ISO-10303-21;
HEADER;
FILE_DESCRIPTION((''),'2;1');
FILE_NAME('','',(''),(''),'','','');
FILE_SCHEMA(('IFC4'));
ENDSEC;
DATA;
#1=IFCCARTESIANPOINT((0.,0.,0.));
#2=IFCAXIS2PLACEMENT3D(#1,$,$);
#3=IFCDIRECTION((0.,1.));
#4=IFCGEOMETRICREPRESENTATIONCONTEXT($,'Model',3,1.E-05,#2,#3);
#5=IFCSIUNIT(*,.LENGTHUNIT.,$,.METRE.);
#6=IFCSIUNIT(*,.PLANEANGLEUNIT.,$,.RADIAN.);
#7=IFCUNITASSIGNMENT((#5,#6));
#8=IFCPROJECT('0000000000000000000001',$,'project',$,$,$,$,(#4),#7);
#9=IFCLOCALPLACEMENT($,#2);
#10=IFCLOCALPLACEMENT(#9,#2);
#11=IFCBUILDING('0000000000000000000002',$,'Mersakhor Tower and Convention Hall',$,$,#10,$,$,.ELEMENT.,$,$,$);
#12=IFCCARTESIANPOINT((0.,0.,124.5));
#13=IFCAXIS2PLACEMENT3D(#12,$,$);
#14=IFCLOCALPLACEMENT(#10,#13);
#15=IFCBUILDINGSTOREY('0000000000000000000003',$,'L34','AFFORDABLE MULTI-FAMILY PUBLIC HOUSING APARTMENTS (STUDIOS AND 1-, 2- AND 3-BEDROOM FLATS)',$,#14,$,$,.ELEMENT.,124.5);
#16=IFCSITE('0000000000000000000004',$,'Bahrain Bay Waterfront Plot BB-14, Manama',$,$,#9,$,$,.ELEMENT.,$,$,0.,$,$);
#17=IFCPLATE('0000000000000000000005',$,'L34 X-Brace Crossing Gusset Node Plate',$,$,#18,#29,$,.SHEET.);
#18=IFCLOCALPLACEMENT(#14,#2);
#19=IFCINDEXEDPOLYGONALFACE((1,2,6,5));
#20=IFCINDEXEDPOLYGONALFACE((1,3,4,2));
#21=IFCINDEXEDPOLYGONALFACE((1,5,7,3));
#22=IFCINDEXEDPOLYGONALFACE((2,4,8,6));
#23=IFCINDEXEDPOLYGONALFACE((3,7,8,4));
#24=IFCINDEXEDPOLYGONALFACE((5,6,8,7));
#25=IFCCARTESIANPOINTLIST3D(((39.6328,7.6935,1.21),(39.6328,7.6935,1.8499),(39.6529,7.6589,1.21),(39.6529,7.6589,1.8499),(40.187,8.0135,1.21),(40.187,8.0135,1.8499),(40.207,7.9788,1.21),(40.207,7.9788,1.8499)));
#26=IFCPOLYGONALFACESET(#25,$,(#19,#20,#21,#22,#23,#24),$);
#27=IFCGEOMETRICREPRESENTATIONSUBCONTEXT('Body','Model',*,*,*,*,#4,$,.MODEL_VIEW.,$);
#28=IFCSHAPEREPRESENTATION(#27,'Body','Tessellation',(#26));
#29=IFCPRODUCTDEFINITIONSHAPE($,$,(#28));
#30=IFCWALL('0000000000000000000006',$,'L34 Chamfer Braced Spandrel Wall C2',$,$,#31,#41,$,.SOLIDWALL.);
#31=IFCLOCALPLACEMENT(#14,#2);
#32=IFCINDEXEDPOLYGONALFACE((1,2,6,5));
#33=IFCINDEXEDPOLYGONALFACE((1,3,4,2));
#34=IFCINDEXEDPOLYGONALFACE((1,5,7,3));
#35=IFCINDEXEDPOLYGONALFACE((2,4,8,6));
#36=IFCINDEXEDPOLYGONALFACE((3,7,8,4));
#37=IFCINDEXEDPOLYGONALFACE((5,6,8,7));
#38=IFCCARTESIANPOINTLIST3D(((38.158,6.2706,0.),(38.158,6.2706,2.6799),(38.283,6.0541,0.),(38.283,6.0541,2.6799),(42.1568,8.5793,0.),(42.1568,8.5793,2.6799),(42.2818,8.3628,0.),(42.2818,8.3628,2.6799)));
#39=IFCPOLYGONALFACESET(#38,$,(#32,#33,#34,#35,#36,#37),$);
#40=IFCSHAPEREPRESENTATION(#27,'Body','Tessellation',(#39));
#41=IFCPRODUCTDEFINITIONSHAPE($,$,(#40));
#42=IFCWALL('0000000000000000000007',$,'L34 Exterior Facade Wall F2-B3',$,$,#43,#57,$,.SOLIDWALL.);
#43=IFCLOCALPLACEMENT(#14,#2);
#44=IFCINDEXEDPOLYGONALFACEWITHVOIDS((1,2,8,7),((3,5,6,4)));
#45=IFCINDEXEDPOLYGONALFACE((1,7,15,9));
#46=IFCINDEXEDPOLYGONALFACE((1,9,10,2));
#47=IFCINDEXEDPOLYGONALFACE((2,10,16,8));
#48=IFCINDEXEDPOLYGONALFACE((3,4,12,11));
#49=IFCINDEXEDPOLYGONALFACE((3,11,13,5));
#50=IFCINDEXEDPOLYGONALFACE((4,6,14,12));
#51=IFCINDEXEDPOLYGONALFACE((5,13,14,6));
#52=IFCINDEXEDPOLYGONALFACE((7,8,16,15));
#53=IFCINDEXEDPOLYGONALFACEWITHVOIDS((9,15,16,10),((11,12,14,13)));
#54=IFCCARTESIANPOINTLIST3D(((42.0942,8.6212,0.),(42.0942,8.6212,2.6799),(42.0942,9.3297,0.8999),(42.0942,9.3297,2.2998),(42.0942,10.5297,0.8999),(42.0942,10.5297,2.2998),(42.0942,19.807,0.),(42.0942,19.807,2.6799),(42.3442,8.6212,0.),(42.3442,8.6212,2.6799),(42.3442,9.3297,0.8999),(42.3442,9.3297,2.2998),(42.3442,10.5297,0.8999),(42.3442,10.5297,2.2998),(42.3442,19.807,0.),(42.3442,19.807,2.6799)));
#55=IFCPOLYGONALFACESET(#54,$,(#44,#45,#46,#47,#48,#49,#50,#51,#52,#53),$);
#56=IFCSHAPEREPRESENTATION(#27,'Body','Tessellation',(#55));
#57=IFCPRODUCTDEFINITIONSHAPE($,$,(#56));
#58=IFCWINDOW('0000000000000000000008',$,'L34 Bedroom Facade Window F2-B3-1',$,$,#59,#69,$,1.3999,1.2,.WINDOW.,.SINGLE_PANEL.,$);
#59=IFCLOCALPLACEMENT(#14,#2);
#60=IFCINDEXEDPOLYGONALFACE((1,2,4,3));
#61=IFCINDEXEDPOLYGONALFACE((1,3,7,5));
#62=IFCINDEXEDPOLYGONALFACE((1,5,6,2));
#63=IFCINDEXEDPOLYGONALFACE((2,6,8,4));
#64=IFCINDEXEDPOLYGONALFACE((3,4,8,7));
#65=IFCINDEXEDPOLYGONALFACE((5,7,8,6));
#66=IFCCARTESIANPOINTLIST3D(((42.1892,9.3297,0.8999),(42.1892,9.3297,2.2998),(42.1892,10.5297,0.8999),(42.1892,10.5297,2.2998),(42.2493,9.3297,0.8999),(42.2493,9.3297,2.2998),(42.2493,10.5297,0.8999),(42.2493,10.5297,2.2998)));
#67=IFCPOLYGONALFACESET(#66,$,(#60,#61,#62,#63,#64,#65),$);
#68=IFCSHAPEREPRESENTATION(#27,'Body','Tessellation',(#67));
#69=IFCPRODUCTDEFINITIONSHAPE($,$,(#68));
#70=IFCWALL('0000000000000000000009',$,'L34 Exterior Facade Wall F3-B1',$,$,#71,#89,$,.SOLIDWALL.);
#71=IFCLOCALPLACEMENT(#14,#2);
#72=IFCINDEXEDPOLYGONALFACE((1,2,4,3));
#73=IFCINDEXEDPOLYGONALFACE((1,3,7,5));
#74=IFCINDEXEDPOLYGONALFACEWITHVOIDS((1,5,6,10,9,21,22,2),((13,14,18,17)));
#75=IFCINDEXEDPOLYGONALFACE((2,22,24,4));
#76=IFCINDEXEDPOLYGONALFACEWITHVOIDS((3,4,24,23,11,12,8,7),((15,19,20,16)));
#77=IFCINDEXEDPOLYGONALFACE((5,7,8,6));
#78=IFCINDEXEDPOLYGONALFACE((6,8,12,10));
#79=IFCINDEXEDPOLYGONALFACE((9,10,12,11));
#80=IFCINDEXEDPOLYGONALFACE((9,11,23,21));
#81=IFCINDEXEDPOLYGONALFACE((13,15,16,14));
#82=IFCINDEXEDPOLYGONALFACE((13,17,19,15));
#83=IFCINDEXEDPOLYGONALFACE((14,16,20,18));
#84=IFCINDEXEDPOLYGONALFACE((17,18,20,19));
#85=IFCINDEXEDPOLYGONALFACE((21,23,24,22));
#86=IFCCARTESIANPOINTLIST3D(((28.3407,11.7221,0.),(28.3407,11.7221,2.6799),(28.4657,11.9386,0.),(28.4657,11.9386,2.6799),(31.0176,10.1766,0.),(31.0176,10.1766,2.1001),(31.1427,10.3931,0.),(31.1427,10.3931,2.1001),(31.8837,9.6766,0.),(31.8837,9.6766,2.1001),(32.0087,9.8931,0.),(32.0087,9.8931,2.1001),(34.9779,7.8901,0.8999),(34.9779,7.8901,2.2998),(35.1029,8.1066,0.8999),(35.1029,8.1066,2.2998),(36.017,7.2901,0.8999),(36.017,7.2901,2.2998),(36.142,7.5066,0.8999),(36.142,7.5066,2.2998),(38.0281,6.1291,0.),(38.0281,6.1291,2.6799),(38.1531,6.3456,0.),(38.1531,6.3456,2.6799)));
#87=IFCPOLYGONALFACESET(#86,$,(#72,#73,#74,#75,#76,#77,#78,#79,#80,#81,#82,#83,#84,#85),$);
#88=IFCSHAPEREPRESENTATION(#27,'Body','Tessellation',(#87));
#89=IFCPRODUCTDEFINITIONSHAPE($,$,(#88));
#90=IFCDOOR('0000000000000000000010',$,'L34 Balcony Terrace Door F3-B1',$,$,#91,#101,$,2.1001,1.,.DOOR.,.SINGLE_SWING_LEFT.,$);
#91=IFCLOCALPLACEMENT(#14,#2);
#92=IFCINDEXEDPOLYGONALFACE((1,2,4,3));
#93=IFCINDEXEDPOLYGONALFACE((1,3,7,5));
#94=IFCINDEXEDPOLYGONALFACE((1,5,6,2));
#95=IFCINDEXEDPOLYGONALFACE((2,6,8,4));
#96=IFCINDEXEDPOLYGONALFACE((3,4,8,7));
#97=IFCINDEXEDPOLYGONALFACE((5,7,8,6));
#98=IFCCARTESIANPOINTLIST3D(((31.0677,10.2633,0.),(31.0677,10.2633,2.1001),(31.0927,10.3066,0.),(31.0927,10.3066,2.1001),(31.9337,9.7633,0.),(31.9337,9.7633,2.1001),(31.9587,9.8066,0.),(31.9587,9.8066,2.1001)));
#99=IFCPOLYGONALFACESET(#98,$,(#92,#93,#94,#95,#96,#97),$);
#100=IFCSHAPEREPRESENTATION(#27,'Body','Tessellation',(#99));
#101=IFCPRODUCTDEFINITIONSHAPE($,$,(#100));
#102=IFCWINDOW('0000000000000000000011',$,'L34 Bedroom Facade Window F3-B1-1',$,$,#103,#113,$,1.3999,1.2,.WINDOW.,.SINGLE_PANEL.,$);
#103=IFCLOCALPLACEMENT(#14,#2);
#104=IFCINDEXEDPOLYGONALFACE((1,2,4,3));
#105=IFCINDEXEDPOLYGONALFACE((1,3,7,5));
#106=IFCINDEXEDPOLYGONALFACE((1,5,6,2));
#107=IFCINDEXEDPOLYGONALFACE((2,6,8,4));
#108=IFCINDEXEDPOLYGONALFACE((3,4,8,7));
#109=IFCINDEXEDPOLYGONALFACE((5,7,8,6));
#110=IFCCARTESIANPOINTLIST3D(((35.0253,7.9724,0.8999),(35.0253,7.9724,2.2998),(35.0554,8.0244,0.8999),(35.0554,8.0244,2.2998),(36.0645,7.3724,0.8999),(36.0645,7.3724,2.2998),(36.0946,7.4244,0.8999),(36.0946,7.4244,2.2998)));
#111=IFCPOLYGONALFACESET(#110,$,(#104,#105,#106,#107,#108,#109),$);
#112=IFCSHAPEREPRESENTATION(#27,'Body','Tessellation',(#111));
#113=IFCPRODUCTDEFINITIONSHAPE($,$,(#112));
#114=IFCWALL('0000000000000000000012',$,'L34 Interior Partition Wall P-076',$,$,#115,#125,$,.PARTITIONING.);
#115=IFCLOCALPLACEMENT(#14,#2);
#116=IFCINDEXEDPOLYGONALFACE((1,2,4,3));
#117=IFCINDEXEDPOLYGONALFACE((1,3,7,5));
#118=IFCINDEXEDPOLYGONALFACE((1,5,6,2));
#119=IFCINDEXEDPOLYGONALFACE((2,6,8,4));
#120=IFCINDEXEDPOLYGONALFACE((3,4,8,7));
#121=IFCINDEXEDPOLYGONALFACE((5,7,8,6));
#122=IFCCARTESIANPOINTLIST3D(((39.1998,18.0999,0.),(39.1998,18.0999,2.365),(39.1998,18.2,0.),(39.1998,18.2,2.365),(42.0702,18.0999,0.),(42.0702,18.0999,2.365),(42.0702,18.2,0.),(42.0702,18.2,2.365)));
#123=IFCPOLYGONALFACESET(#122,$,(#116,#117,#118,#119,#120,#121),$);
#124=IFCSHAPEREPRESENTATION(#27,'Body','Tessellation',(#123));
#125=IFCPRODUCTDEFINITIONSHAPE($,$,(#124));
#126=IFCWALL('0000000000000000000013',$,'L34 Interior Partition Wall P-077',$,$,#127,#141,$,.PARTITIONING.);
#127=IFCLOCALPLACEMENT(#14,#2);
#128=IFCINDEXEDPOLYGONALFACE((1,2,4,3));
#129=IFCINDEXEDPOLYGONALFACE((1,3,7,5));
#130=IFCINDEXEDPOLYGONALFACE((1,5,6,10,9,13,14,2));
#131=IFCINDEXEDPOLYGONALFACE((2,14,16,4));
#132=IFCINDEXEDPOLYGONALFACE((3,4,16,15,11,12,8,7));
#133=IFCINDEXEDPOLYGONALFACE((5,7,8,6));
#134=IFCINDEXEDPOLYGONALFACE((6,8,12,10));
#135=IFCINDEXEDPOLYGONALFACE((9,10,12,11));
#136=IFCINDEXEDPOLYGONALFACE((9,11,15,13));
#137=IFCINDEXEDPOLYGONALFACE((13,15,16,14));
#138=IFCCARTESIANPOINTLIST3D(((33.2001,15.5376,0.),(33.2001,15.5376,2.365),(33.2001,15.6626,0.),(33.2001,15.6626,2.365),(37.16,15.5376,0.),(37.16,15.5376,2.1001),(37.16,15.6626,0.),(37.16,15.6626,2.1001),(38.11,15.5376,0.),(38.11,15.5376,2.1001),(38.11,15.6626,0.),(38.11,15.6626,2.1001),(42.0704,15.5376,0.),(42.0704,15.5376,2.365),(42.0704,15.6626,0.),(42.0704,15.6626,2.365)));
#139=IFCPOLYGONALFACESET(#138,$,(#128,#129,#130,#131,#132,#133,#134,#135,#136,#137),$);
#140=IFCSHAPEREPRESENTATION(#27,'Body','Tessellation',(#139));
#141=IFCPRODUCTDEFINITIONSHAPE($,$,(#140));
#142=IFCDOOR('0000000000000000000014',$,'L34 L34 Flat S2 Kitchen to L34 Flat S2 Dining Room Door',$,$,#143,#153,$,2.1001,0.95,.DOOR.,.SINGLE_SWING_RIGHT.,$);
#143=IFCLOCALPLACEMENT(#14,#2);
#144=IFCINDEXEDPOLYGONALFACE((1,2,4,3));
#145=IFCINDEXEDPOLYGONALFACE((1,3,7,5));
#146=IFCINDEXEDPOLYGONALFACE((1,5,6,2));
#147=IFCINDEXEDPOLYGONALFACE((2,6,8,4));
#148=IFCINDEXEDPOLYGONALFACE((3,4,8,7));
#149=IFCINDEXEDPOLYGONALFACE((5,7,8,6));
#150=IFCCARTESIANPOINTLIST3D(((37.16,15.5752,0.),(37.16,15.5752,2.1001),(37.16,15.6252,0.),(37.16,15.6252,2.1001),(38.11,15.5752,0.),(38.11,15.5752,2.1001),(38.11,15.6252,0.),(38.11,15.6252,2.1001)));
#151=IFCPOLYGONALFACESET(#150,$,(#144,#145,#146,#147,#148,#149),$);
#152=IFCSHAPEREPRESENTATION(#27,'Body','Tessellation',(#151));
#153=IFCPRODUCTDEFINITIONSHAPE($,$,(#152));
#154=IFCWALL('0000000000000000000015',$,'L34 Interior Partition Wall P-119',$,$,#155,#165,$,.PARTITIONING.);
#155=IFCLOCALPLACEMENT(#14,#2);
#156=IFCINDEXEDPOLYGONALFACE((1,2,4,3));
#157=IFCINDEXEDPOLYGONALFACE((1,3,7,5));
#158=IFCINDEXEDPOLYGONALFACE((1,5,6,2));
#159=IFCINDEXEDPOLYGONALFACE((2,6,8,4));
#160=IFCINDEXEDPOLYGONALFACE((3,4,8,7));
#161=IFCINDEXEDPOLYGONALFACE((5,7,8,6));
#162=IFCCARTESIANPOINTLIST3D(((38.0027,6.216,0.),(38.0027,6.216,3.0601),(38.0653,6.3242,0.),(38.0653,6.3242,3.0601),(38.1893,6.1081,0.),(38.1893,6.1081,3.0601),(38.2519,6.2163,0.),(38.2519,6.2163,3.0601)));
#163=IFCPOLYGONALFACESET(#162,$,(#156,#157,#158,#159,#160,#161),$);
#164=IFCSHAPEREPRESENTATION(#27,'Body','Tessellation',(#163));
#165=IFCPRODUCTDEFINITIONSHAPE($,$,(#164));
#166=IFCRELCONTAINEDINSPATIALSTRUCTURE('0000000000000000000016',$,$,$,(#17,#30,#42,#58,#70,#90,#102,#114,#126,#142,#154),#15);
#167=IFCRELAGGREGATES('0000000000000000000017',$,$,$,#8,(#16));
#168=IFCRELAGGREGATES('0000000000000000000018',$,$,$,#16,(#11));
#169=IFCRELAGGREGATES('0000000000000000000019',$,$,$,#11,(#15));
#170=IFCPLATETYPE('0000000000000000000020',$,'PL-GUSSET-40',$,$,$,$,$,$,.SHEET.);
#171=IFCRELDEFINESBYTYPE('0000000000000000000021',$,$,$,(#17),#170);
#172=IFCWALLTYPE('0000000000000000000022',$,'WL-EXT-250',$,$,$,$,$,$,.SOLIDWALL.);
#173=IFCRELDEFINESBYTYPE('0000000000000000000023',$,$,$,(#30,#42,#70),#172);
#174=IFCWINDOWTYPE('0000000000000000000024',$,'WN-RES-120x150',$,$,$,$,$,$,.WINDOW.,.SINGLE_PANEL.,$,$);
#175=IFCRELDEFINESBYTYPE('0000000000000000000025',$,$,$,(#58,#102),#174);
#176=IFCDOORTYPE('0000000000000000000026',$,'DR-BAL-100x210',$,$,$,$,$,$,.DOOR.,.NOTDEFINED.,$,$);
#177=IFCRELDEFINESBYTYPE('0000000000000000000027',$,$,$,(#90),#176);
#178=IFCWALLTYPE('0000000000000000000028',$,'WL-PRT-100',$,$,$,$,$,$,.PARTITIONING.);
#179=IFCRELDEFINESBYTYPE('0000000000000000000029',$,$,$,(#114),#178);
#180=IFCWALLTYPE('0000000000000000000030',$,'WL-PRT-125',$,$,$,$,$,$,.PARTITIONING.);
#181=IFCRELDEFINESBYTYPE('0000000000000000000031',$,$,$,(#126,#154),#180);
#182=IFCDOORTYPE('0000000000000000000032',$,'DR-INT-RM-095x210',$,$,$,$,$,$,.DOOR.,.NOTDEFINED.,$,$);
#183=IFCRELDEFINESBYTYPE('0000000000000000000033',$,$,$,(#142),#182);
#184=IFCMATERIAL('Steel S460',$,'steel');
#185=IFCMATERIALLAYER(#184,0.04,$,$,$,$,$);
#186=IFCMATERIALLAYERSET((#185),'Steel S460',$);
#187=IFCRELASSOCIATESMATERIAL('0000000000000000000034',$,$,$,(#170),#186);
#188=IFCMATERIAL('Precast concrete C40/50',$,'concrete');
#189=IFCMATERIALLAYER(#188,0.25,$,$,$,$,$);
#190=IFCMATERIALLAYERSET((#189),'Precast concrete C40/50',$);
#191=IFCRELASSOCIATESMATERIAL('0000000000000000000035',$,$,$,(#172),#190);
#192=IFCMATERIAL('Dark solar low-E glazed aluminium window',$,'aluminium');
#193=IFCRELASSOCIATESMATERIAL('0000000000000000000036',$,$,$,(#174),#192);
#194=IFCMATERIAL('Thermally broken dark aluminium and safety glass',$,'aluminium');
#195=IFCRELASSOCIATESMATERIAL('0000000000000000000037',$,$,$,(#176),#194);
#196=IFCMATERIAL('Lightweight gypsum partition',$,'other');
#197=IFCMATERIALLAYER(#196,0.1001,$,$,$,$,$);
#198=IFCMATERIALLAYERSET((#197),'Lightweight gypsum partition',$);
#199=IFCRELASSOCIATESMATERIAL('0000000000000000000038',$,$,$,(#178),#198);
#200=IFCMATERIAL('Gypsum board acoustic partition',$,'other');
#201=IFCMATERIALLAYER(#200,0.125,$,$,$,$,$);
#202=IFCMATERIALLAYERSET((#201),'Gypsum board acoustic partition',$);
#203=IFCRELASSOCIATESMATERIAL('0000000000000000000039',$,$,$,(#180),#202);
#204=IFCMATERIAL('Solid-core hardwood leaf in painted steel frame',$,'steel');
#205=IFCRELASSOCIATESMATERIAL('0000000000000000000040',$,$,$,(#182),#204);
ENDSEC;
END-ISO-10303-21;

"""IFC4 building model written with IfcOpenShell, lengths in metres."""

from ifc_helpers import new_model, si_unit, direction, frame, frame_2d, origin, origin_2d, place, context, subcontext, project, spatial, rectangle, extrude, material, layer, layer_set, type_object, element, fill, save


model = new_model("IFC4")

# Units and contexts
model_context = context("Model", 3, precision=1e-05, world=origin(), true_north=direction((0.0, 1.0)))
body_context = subcontext(model_context, "Body", "Model", "MODEL_VIEW")
ifc_project = project(units=[si_unit("LENGTHUNIT", "METRE"), si_unit("PLANEANGLEUNIT", "RADIAN")], contexts=[model_context])

# Site, building, storey
site_placement = place(None, origin())
site = spatial("IfcSite", under=ifc_project, at=site_placement, Name="Bahrain Bay Waterfront Plot BB-14, Manama", CompositionType="ELEMENT", RefElevation=0.0)
building_placement = place(site_placement, origin())
building = spatial("IfcBuilding", under=site, at=building_placement, Name="Mersakhor Tower and Convention Hall", CompositionType="ELEMENT")
storey_placement = place(building_placement, frame((0.0, 0.0, 124.5)))
storey = spatial("IfcBuildingStorey", under=building, at=storey_placement, Name="L34", Description="AFFORDABLE MULTI-FAMILY PUBLIC HOUSING APARTMENTS (STUDIOS AND 1-, 2- AND 3-BEDROOM FLATS)", CompositionType="ELEMENT", Elevation=124.5)

# Plate
ifc_material_1 = material(Name="Steel S460", Category="steel")
ifc_layer_1 = layer(ifc_material_1, 0.04)
ifc_layer_set_1 = layer_set([ifc_layer_1], Name="Steel S460")
plate_type_1 = type_object("IfcPlateType", Name="PL-GUSSET-40", PredefinedType="SHEET", material=ifc_layer_set_1)
plate_1_placement = place(storey_placement, frame((39.9199, 7.8362, 1.21), z_axis=(0.0, 0.0, 1.0), x_axis=(0.866025, 0.5, 0.0)))
element("IfcPlate", 1, at=plate_1_placement, inside=storey, type_object=plate_type_1, Name="L34 X-Brace Crossing Gusset Node Plate", PredefinedType="SHEET", context=body_context, shape_type="SweptSolid", body=[
    extrude(rectangle(XDim=0.6399, YDim=0.04, at=origin_2d()), origin(), (0.0, 0.0, 1.0), 0.6399),
])

# Wall
ifc_material_2 = material(Name="Precast concrete C40/50", Category="concrete")
ifc_layer_2 = layer(ifc_material_2, 0.25)
ifc_layer_set_2 = layer_set([ifc_layer_2], Name="Precast concrete C40/50")
wall_type_1 = type_object("IfcWallType", Name="WL-EXT-250", PredefinedType="SOLIDWALL", material=ifc_layer_set_2)
wall_1_placement = place(storey_placement, frame((42.2192, 8.4709, 0.0), z_axis=(0.0, 0.0, 1.0), x_axis=(-0.866035, -0.499983, 0.0)))
element("IfcWall", 2, at=wall_1_placement, inside=storey, type_object=wall_type_1, Name="L34 Chamfer Braced Spandrel Wall C2", PredefinedType="SOLIDWALL", context=body_context, shape_type="SweptSolid", body=[
    extrude(rectangle(XDim=4.6174, YDim=0.25, at=frame_2d((2.3086, 0.0))), origin(), (0.0, 0.0, 1.0), 2.6799),
])

# Wall, opening, window
wall_2_placement = place(storey_placement, frame((42.2192, 19.8069, 0.0), z_axis=(0.0, 0.0, 1.0), x_axis=(0.0, -1.0, 0.0)))
wall_2 = element("IfcWall", 3, at=wall_2_placement, inside=storey, type_object=wall_type_1, Name="L34 Exterior Facade Wall F2-B3", PredefinedType="SOLIDWALL", context=body_context, shape_type="SweptSolid", body=[
    extrude(rectangle(XDim=11.1858, YDim=0.25, at=frame_2d((5.5928, 0.0))), origin(), (0.0, 0.0, 1.0), 2.6799),
])
opening_1_placement = place(wall_2_placement, frame((9.2771, 0.0, 0.8999)))
opening_1 = element("IfcOpeningElement", 4, at=opening_1_placement, cuts=wall_2, PredefinedType="OPENING", context=body_context, shape_type="SweptSolid", body=[
    extrude(rectangle(XDim=1.2, YDim=1.3999, at=frame_2d((0.6001, 0.7))), frame((0.0, 0.135, 0.0), z_axis=(0.0, -1.0, 0.0), x_axis=(1.0, 0.0, 0.0)), (0.0, 0.0, 1.0), 0.27),
])
ifc_material_3 = material(Name="Dark solar low-E glazed aluminium window", Category="aluminium")
window_type = type_object("IfcWindowType", Name="WN-RES-120x150", PartitioningType="SINGLE_PANEL", PredefinedType="WINDOW", material=ifc_material_3)
window_1_placement = place(opening_1_placement, origin())
window_1 = element("IfcWindow", 5, at=window_1_placement, inside=storey, type_object=window_type, Name="L34 Bedroom Facade Window F2-B3-1", OverallHeight=1.3999, OverallWidth=1.2, PartitioningType="SINGLE_PANEL", PredefinedType="WINDOW", context=body_context, shape_type="SweptSolid", body=[
    extrude(rectangle(XDim=1.2, YDim=1.3999, at=frame_2d((0.6001, 0.7))), frame((0.0, 0.03, 0.0), z_axis=(0.0, -1.0, 0.0), x_axis=(1.0, 0.0, 0.0)), (0.0, 0.0, 1.0), 0.0601),
])
fill(opening_1, window_1)

# Wall, openings, door, window
wall_3_placement = place(storey_placement, frame((38.0906, 6.2373, 0.0), z_axis=(0.0, 0.0, 1.0), x_axis=(-0.866022, 0.500005, 0.0)))
wall_3 = element("IfcWall", 6, at=wall_3_placement, inside=storey, type_object=wall_type_1, Name="L34 Exterior Facade Wall F3-B1", PredefinedType="SOLIDWALL", context=body_context, shape_type="SweptSolid", body=[
    extrude(rectangle(XDim=11.186, YDim=0.25, at=frame_2d((5.593, 0.0))), origin(), (0.0, 0.0, 1.0), 2.6799),
])
opening_2_placement = place(wall_3_placement, frame((7.095, 0.0, 0.0)))
opening_2 = element("IfcOpeningElement", 7, at=opening_2_placement, cuts=wall_3, PredefinedType="OPENING", context=body_context, shape_type="SweptSolid", body=[
    extrude(rectangle(XDim=1.0, YDim=2.1001, at=frame_2d((0.5, 1.05))), frame((0.0, 0.135, 0.0), z_axis=(0.0, -1.0, 0.0), x_axis=(1.0, 0.0, 0.0)), (0.0, 0.0, 1.0), 0.27),
])
opening_3_placement = place(wall_3_placement, frame((2.322, 0.0, 0.8999)))
opening_3 = element("IfcOpeningElement", 8, at=opening_3_placement, cuts=wall_3, PredefinedType="OPENING", context=body_context, shape_type="SweptSolid", body=[
    extrude(rectangle(XDim=1.2, YDim=1.3999, at=frame_2d((0.6001, 0.7))), frame((0.0, 0.135, 0.0), z_axis=(0.0, -1.0, 0.0), x_axis=(1.0, 0.0, 0.0)), (0.0, 0.0, 1.0), 0.27),
])
ifc_material_4 = material(Name="Thermally broken dark aluminium and safety glass", Category="aluminium")
door_type_1 = type_object("IfcDoorType", Name="DR-BAL-100x210", OperationType="NOTDEFINED", PredefinedType="DOOR", material=ifc_material_4)
door_1_placement = place(opening_2_placement, origin())
door_1 = element("IfcDoor", 9, at=door_1_placement, inside=storey, type_object=door_type_1, Name="L34 Balcony Terrace Door F3-B1", OperationType="SINGLE_SWING_LEFT", OverallHeight=2.1001, OverallWidth=1.0, PredefinedType="DOOR", context=body_context, shape_type="SweptSolid", body=[
    extrude(rectangle(XDim=1.0, YDim=2.1001, at=frame_2d((0.5, 1.05))), frame((0.0, 0.0249, 0.0), z_axis=(0.0, -1.0, 0.0), x_axis=(1.0, 0.0, 0.0)), (0.0, 0.0, 1.0), 0.05),
])
fill(opening_2, door_1)
window_2_placement = place(opening_3_placement, origin())
window_2 = element("IfcWindow", 10, at=window_2_placement, inside=storey, type_object=window_type, Name="L34 Bedroom Facade Window F3-B1-1", OverallHeight=1.3999, OverallWidth=1.2, PartitioningType="SINGLE_PANEL", PredefinedType="WINDOW", context=body_context, shape_type="SweptSolid", body=[
    extrude(rectangle(XDim=1.2, YDim=1.3999, at=frame_2d((0.6001, 0.7))), frame((0.0, 0.03, 0.0), z_axis=(0.0, -1.0, 0.0), x_axis=(1.0, 0.0, 0.0)), (0.0, 0.0, 1.0), 0.0601),
])
fill(opening_3, window_2)

# Wall
ifc_material_5 = material(Name="Lightweight gypsum partition", Category="other")
ifc_layer_3 = layer(ifc_material_5, 0.1001)
ifc_layer_set_3 = layer_set([ifc_layer_3], Name="Lightweight gypsum partition")
wall_type_2 = type_object("IfcWallType", Name="WL-PRT-100", PredefinedType="PARTITIONING", material=ifc_layer_set_3)
wall_4_placement = place(storey_placement, frame((39.2, 18.1499, 0.0), z_axis=(0.0, 0.0, 1.0), x_axis=(1.0, 0.0, 0.0)))
element("IfcWall", 11, at=wall_4_placement, inside=storey, type_object=wall_type_2, Name="L34 Interior Partition Wall P-076", PredefinedType="PARTITIONING", context=body_context, shape_type="SweptSolid", body=[
    extrude(rectangle(XDim=2.8704, YDim=0.1001, at=frame_2d((1.4351, 0.0))), origin(), (0.0, 0.0, 1.0), 2.365),
])

# Wall, opening, door
ifc_material_6 = material(Name="Gypsum board acoustic partition", Category="other")
ifc_layer_4 = layer(ifc_material_6, 0.125)
ifc_layer_set_4 = layer_set([ifc_layer_4], Name="Gypsum board acoustic partition")
wall_type_3 = type_object("IfcWallType", Name="WL-PRT-125", PredefinedType="PARTITIONING", material=ifc_layer_set_4)
wall_5_placement = place(storey_placement, frame((42.0703, 15.6001, 0.0), z_axis=(0.0, 0.0, 1.0), x_axis=(-1.0, 0.0, 0.0)))
wall_5 = element("IfcWall", 12, at=wall_5_placement, inside=storey, type_object=wall_type_3, Name="L34 Interior Partition Wall P-077", PredefinedType="PARTITIONING", context=body_context, shape_type="SweptSolid", body=[
    extrude(rectangle(XDim=8.8704, YDim=0.125, at=frame_2d((4.4351, 0.0))), origin(), (0.0, 0.0, 1.0), 2.365),
])
opening_4_placement = place(wall_5_placement, frame((3.9602, 0.0, 0.0)))
opening_4 = element("IfcOpeningElement", 13, at=opening_4_placement, cuts=wall_5, PredefinedType="OPENING", context=body_context, shape_type="SweptSolid", body=[
    extrude(rectangle(XDim=0.95, YDim=2.1001, at=frame_2d((0.4751, 1.05))), frame((0.0, 0.0725, 0.0), z_axis=(0.0, -1.0, 0.0), x_axis=(1.0, 0.0, 0.0)), (0.0, 0.0, 1.0), 0.145),
])
ifc_material_7 = material(Name="Solid-core hardwood leaf in painted steel frame", Category="steel")
door_type_2 = type_object("IfcDoorType", Name="DR-INT-RM-095x210", OperationType="NOTDEFINED", PredefinedType="DOOR", material=ifc_material_7)
door_2_placement = place(opening_4_placement, origin())
door_2 = element("IfcDoor", 14, at=door_2_placement, inside=storey, type_object=door_type_2, Name="L34 L34 Flat S2 Kitchen to L34 Flat S2 Dining Room Door", OperationType="SINGLE_SWING_RIGHT", OverallHeight=2.1001, OverallWidth=0.95, PredefinedType="DOOR", context=body_context, shape_type="SweptSolid", body=[
    extrude(rectangle(XDim=0.95, YDim=2.1001, at=frame_2d((0.4751, 1.05))), frame((0.0, 0.0249, 0.0), z_axis=(0.0, -1.0, 0.0), x_axis=(1.0, 0.0, 0.0)), (0.0, 0.0, 1.0), 0.05),
])
fill(opening_4, door_2)

# Wall
wall_6_placement = place(storey_placement, frame((38.2207, 6.1621, 0.0), z_axis=(0.0, 0.0, 1.0), x_axis=(-0.865581, 0.500768, 0.0)))
element("IfcWall", 15, at=wall_6_placement, inside=storey, type_object=wall_type_3, Name="L34 Interior Partition Wall P-119", PredefinedType="PARTITIONING", context=body_context, shape_type="SweptSolid", body=[
    extrude(rectangle(XDim=0.2156, YDim=0.125, at=frame_2d((0.1079, 0.0))), origin(), (0.0, 0.0, 1.0), 3.0601),
])

save(model, "model.ifc")
